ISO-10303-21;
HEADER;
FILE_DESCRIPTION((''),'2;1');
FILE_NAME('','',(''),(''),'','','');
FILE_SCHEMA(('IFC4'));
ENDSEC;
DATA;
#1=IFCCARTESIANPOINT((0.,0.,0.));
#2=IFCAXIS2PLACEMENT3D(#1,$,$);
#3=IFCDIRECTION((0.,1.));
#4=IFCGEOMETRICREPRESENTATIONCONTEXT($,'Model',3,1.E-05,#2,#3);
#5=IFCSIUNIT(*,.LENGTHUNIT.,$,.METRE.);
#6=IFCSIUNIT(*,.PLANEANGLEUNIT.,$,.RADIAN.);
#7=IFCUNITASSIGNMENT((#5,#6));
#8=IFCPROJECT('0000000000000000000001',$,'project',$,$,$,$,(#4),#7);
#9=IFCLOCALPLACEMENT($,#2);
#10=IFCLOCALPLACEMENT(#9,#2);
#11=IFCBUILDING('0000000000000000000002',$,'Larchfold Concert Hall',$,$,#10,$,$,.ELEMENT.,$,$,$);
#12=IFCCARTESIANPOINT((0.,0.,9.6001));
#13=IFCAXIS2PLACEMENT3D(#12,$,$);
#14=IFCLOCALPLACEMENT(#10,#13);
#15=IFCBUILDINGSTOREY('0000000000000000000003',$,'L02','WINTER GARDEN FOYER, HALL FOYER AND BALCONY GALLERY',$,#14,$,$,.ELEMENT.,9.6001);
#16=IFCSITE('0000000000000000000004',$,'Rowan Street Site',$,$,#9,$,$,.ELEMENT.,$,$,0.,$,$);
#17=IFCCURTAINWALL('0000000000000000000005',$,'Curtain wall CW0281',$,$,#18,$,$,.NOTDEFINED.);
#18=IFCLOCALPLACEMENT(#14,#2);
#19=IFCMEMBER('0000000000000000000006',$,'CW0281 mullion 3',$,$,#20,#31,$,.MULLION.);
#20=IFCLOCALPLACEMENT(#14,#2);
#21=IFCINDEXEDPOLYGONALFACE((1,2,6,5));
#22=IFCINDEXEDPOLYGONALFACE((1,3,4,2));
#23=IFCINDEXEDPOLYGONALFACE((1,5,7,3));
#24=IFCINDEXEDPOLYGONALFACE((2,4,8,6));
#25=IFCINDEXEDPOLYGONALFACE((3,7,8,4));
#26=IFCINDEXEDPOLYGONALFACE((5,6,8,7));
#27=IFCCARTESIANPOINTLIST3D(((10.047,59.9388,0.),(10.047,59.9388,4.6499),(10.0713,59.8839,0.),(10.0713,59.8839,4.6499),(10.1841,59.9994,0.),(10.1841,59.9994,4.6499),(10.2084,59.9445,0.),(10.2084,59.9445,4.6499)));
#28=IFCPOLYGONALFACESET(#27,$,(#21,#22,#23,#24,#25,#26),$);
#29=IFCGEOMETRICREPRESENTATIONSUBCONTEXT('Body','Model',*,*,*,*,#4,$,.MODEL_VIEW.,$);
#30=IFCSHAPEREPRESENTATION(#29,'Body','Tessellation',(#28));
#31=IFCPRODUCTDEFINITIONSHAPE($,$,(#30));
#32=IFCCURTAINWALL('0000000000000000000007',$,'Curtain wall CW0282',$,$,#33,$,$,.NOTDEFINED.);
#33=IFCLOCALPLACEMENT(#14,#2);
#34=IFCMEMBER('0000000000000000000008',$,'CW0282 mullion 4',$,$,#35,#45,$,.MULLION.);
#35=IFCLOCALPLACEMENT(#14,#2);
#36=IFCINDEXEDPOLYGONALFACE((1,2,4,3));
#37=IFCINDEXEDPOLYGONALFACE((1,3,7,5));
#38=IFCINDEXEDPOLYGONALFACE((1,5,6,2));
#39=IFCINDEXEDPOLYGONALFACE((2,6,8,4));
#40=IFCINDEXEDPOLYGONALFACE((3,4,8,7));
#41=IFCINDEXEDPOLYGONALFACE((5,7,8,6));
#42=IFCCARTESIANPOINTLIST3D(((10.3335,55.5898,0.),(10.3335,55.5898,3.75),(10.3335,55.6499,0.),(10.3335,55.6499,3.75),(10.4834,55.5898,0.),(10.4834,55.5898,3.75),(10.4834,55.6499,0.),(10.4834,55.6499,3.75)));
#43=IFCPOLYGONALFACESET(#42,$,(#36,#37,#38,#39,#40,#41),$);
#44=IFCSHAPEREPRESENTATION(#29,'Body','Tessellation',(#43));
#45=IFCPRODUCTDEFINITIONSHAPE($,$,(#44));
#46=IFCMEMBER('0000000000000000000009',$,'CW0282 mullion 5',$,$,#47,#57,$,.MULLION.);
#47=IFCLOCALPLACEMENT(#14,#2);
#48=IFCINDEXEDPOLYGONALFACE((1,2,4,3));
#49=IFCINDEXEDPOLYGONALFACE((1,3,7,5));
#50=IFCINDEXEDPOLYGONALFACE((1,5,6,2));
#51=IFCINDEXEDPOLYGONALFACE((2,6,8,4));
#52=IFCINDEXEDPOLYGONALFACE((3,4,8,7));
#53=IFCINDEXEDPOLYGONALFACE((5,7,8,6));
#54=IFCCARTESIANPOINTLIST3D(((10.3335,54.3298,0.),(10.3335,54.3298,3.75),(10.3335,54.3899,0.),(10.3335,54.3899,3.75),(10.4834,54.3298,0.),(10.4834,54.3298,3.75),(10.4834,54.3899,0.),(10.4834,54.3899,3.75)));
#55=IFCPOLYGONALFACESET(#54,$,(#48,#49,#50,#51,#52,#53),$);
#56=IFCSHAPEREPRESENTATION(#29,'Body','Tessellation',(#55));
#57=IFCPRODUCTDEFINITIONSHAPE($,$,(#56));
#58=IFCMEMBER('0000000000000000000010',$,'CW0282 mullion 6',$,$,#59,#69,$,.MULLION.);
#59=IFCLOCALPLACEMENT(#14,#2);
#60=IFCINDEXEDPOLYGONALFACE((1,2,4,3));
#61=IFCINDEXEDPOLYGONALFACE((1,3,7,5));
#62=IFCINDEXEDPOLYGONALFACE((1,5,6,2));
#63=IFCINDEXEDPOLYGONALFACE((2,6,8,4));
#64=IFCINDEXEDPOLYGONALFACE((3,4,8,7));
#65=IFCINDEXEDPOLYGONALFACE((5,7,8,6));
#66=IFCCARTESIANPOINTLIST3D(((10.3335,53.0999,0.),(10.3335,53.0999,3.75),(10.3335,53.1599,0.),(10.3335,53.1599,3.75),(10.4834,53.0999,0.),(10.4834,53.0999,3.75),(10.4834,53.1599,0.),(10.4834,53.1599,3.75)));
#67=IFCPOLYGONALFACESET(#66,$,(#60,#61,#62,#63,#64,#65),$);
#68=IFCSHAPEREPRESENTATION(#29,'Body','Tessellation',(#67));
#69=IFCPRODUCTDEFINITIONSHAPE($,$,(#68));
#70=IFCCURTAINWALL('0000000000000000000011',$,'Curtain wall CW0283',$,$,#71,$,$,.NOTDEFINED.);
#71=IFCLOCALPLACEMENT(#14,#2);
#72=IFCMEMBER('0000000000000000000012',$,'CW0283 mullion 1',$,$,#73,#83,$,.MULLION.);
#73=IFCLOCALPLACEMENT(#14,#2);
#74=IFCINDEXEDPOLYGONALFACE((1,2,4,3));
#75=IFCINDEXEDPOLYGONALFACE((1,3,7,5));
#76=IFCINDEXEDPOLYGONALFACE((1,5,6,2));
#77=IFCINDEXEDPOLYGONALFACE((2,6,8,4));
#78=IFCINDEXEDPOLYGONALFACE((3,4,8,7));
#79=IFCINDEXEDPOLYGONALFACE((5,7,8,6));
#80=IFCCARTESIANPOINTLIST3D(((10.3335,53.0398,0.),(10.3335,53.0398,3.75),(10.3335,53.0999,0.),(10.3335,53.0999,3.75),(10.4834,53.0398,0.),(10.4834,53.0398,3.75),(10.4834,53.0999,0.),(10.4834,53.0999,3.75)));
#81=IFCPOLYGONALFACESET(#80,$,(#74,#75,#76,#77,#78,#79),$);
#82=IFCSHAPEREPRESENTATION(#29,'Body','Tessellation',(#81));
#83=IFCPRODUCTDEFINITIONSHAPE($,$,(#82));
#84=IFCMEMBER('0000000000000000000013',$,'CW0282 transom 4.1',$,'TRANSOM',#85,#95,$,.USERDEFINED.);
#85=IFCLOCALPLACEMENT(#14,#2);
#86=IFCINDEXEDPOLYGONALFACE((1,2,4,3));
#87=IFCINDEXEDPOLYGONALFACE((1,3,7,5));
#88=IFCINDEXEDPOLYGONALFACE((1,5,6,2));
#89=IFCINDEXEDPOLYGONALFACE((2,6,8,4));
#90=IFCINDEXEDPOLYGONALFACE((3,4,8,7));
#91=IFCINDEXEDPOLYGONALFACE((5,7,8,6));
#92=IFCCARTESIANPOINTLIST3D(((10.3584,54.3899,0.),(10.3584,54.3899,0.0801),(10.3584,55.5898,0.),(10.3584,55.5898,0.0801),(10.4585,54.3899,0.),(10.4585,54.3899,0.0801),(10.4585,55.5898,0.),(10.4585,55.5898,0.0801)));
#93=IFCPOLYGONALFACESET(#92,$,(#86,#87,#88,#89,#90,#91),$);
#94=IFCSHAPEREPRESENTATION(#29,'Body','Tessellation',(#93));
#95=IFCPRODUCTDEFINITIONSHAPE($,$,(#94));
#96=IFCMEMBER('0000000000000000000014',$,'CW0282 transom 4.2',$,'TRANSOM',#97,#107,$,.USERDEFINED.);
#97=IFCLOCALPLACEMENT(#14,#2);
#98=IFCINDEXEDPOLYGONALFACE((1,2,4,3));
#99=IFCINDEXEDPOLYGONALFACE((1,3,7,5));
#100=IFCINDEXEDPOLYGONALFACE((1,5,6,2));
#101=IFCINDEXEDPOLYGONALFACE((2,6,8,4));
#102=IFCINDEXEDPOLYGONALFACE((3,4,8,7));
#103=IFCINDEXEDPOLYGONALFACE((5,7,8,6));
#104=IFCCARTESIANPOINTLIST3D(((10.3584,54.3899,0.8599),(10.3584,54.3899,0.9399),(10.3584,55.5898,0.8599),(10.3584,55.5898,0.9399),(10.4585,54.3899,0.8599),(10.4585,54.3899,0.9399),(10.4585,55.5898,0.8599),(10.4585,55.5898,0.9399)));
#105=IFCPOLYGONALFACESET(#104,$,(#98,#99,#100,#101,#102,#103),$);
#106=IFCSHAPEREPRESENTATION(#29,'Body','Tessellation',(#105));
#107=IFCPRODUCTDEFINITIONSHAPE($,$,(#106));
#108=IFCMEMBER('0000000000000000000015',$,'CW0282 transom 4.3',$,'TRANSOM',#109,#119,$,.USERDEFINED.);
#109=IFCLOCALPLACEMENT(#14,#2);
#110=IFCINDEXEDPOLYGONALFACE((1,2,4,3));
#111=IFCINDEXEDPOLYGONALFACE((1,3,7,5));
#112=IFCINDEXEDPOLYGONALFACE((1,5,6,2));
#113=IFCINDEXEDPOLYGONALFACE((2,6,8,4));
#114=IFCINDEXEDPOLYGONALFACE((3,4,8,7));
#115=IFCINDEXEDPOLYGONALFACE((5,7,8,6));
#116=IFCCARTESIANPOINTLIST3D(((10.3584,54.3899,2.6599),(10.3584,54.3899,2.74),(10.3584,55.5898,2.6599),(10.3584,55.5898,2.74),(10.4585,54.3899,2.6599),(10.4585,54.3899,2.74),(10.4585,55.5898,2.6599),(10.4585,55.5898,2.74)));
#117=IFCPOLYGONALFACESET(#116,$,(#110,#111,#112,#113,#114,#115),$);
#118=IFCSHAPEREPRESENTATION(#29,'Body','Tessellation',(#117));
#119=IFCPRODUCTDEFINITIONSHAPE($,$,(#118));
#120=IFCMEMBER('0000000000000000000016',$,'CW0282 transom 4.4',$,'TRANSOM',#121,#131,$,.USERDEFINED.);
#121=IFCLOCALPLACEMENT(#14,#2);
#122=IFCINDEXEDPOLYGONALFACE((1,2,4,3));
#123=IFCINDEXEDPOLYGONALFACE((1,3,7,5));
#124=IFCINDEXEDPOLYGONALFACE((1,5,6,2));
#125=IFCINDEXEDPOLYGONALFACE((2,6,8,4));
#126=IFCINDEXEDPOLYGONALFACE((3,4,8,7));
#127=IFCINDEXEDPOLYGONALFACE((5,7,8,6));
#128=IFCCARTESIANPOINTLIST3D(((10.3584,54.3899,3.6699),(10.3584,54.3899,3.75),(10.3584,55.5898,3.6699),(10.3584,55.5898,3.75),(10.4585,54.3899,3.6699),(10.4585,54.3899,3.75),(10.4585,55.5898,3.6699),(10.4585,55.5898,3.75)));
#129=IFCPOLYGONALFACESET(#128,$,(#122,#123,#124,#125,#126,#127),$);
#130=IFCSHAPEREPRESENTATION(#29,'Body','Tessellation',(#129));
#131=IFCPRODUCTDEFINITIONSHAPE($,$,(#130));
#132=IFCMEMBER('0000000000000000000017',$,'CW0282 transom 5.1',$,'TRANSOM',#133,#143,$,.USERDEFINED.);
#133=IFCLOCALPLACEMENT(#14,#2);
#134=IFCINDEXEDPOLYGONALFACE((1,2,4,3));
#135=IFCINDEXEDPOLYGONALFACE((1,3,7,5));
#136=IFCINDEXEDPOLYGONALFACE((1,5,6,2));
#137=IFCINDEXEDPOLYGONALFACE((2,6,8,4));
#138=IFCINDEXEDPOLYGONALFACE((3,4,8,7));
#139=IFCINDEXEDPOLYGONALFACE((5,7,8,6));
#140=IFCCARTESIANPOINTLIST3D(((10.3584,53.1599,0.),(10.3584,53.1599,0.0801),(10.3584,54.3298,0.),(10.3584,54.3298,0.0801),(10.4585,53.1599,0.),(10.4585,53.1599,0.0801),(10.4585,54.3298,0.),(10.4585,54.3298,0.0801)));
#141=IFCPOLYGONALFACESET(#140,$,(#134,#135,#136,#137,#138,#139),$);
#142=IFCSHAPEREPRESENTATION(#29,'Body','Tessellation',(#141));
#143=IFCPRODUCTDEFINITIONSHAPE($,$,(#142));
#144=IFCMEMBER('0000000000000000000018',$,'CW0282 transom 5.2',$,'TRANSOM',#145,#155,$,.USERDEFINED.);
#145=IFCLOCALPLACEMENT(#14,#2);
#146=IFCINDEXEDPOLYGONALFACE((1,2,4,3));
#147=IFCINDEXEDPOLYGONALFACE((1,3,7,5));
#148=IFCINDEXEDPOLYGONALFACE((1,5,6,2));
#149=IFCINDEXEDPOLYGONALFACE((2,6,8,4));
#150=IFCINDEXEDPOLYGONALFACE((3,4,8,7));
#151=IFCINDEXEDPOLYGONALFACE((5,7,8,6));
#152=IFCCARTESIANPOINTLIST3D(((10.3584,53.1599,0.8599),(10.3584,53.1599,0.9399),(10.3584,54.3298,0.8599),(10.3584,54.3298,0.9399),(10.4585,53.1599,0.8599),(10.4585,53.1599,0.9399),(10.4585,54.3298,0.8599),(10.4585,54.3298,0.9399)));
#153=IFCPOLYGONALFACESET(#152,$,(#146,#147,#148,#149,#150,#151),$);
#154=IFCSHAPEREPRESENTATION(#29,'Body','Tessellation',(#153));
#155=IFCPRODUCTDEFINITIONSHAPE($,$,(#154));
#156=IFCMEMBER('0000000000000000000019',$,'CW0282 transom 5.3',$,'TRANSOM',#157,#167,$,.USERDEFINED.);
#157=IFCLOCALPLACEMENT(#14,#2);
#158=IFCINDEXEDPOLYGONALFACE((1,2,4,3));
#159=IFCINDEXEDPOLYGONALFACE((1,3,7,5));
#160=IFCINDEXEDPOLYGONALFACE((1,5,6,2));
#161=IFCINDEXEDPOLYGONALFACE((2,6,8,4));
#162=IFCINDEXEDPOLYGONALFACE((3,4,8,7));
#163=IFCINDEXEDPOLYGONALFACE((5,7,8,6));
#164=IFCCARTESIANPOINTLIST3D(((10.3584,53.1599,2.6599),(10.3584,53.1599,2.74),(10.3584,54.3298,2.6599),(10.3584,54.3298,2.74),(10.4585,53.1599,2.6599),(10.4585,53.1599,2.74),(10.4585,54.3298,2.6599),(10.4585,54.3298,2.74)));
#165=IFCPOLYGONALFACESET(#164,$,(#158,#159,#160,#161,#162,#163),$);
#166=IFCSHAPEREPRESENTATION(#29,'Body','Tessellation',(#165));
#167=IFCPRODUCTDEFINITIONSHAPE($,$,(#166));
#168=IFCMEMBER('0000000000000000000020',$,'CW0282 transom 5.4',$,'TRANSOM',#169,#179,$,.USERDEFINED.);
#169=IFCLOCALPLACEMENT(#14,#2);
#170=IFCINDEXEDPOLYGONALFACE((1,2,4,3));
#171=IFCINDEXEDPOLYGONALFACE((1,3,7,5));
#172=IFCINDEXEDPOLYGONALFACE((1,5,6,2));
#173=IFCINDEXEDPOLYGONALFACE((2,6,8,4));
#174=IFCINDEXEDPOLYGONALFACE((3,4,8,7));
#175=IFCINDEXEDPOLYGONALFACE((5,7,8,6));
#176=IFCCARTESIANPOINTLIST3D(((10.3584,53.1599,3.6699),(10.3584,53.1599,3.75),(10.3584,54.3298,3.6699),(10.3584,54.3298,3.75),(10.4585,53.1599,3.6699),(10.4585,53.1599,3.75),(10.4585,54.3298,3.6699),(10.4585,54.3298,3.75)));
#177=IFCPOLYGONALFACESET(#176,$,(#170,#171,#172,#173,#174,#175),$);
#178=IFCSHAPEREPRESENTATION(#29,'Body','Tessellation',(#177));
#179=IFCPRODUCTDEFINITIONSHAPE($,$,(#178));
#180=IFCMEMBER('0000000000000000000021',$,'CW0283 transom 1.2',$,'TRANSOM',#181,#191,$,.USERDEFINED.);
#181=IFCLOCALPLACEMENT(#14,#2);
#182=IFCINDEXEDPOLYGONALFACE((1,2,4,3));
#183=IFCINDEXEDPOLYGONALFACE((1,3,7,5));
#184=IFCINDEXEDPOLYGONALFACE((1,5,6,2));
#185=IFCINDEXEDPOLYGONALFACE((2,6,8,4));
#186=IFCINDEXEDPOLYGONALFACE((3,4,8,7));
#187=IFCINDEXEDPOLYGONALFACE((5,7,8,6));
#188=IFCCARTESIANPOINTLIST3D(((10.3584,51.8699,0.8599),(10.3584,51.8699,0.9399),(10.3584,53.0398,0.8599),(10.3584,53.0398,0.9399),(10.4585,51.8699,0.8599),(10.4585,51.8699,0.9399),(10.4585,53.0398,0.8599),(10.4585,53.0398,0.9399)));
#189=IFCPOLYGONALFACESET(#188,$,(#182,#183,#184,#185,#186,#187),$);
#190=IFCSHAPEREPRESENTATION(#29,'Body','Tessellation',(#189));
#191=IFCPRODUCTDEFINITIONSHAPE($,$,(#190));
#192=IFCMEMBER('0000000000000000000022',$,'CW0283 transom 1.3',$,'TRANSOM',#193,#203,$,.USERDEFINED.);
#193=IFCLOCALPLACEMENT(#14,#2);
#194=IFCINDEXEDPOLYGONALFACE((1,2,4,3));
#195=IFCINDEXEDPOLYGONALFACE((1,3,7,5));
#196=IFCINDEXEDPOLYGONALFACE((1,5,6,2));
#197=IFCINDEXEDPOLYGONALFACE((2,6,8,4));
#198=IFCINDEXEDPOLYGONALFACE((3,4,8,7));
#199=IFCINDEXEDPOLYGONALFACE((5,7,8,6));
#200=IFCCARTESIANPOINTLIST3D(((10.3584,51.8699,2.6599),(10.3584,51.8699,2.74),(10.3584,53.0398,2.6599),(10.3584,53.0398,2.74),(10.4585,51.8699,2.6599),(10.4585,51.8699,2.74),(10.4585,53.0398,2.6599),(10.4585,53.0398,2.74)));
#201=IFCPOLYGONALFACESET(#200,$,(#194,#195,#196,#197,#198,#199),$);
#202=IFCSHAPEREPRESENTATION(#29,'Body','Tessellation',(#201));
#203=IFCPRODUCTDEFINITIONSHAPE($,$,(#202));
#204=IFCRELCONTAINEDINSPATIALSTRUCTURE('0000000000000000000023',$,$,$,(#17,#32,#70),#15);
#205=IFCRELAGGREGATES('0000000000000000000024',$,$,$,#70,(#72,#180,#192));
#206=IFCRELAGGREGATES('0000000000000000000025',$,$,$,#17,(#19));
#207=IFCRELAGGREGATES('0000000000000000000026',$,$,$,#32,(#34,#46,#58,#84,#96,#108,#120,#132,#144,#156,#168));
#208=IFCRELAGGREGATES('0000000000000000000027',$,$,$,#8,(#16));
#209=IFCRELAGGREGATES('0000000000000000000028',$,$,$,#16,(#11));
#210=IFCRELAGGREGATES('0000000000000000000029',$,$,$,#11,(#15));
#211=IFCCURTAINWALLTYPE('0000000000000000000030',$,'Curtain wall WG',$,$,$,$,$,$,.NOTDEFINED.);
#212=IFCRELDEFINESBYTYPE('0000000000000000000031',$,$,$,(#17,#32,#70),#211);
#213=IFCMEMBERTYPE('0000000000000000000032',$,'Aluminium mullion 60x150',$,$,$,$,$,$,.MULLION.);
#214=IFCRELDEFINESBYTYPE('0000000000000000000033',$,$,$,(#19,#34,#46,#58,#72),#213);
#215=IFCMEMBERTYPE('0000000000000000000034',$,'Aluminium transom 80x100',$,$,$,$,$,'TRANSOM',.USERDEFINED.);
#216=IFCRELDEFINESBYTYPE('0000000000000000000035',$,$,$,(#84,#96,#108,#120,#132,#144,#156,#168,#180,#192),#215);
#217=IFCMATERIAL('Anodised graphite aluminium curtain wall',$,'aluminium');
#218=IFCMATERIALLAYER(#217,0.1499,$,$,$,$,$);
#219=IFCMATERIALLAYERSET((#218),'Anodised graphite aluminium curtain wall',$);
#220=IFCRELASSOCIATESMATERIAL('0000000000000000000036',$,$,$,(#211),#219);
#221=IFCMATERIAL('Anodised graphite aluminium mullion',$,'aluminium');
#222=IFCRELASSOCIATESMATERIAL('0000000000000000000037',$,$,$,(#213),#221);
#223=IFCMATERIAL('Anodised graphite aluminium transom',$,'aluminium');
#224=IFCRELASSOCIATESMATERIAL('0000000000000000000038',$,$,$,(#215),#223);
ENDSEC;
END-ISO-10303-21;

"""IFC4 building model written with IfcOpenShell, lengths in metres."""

from ifc_helpers import new_model, si_unit, direction, frame, origin, origin_2d, place, context, subcontext, project, spatial, rectangle, extrude, material, layer, layer_set, material_profile, profile_set, type_object, element, aggregate, save


model = new_model("IFC4")

# Units and contexts
model_context = context("Model", 3, precision=1e-05, world=origin(), true_north=direction((0.0, 1.0)))
body_context = subcontext(model_context, "Body", "Model", "MODEL_VIEW")
ifc_project = project(units=[si_unit("LENGTHUNIT", "METRE"), si_unit("PLANEANGLEUNIT", "RADIAN")], contexts=[model_context])

# Site, building, storey
site_placement = place(None, origin())
site = spatial("IfcSite", under=ifc_project, at=site_placement, Name="Rowan Street Site", CompositionType="ELEMENT", RefElevation=0.0)
building_placement = place(site_placement, origin())
building = spatial("IfcBuilding", under=site, at=building_placement, Name="Larchfold Concert Hall", CompositionType="ELEMENT")
storey_placement = place(building_placement, frame((0.0, 0.0, 9.6001)))
storey = spatial("IfcBuildingStorey", under=building, at=storey_placement, Name="L02", Description="WINTER GARDEN FOYER, HALL FOYER AND BALCONY GALLERY", CompositionType="ELEMENT", Elevation=9.6001)

# Curtain wall, member
ifc_material_1 = material(Name="Anodised graphite aluminium curtain wall", Category="aluminium")
ifc_layer_1 = layer(ifc_material_1, 0.1499)
ifc_layer_set_1 = layer_set([ifc_layer_1], Name="Anodised graphite aluminium curtain wall")
curtain_wall_type = type_object("IfcCurtainWallType", Name="Curtain wall WG", PredefinedType="NOTDEFINED", material=ifc_layer_set_1)
curtain_wall_1_placement = place(storey_placement, origin())
curtain_wall_1 = element("IfcCurtainWall", 1, at=curtain_wall_1_placement, inside=storey, type_object=curtain_wall_type, Name="Curtain wall CW0281", PredefinedType="NOTDEFINED")
ifc_material_2 = material(Name="Anodised graphite aluminium mullion", Category="aluminium")
ifc_material_profile_1 = material_profile(ifc_material_2, rectangle(XDim=0.1499, YDim=0.0601, at=origin_2d()))
ifc_profile_set_1 = profile_set([ifc_material_profile_1], Name="Anodised graphite aluminium mullion")
member_type_1 = type_object("IfcMemberType", Name="Aluminium mullion 60x150", PredefinedType="MULLION", material=ifc_profile_set_1)
member_1_placement = place(storey_placement, frame((10.1277, 59.9417, 0.0), z_axis=(0.0, 0.0, 1.0), x_axis=(0.914703, 0.404126, 0.0)))
member_1 = element("IfcMember", 2, at=member_1_placement, type_object=member_type_1, Name="CW0281 mullion 3", PredefinedType="MULLION", context=body_context, shape_type="SweptSolid", body=[
    extrude(rectangle(XDim=0.1499, YDim=0.0601, at=origin_2d()), origin(), (0.0, 0.0, 1.0), 4.6499),
])

# Curtain wall, members
curtain_wall_2_placement = place(storey_placement, origin())
curtain_wall_2 = element("IfcCurtainWall", 3, at=curtain_wall_2_placement, inside=storey, type_object=curtain_wall_type, Name="Curtain wall CW0282", PredefinedType="NOTDEFINED")
member_2_placement = place(storey_placement, frame((10.4084, 55.6199, 0.0), z_axis=(0.0, 0.0, 1.0), x_axis=(1.0, 0.0, 0.0)))
member_2 = element("IfcMember", 4, at=member_2_placement, type_object=member_type_1, Name="CW0282 mullion 4", PredefinedType="MULLION", context=body_context, shape_type="SweptSolid", body=[
    extrude(rectangle(XDim=0.1499, YDim=0.0601, at=origin_2d()), origin(), (0.0, 0.0, 1.0), 3.75),
])
member_3_placement = place(storey_placement, frame((10.4084, 54.3599, 0.0), z_axis=(0.0, 0.0, 1.0), x_axis=(1.0, 0.0, 0.0)))
member_3 = element("IfcMember", 5, at=member_3_placement, type_object=member_type_1, Name="CW0282 mullion 5", PredefinedType="MULLION", context=body_context, shape_type="SweptSolid", body=[
    extrude(rectangle(XDim=0.1499, YDim=0.0601, at=origin_2d()), origin(), (0.0, 0.0, 1.0), 3.75),
])
member_4_placement = place(storey_placement, frame((10.4084, 53.1299, 0.0), z_axis=(0.0, 0.0, 1.0), x_axis=(1.0, 0.0, 0.0)))
member_4 = element("IfcMember", 6, at=member_4_placement, type_object=member_type_1, Name="CW0282 mullion 6", PredefinedType="MULLION", context=body_context, shape_type="SweptSolid", body=[
    extrude(rectangle(XDim=0.1499, YDim=0.0601, at=origin_2d()), origin(), (0.0, 0.0, 1.0), 3.75),
])

# Curtain wall, member
curtain_wall_3_placement = place(storey_placement, origin())
curtain_wall_3 = element("IfcCurtainWall", 7, at=curtain_wall_3_placement, inside=storey, type_object=curtain_wall_type, Name="Curtain wall CW0283", PredefinedType="NOTDEFINED")
member_5_placement = place(storey_placement, frame((10.4084, 53.0698, 0.0), z_axis=(0.0, 0.0, 1.0), x_axis=(1.0, 0.0, 0.0)))
member_5 = element("IfcMember", 8, at=member_5_placement, type_object=member_type_1, Name="CW0283 mullion 1", PredefinedType="MULLION", context=body_context, shape_type="SweptSolid", body=[
    extrude(rectangle(XDim=0.1499, YDim=0.0601, at=origin_2d()), origin(), (0.0, 0.0, 1.0), 3.75),
])

# Members
ifc_material_3 = material(Name="Anodised graphite aluminium transom", Category="aluminium")
ifc_material_profile_2 = material_profile(ifc_material_3, rectangle(XDim=0.1001, YDim=0.0801, at=origin_2d()))
ifc_profile_set_2 = profile_set([ifc_material_profile_2], Name="Anodised graphite aluminium transom")
member_type_2 = type_object("IfcMemberType", Name="Aluminium transom 80x100", ElementType="TRANSOM", PredefinedType="USERDEFINED", material=ifc_profile_set_2)
member_6_placement = place(storey_placement, frame((10.4084, 55.5898, 0.04), z_axis=(0.0, -1.0, 0.0), x_axis=(1.0, 0.0, 0.0)))
member_6 = element("IfcMember", 9, at=member_6_placement, type_object=member_type_2, Name="CW0282 transom 4.1", ObjectType="TRANSOM", PredefinedType="USERDEFINED", context=body_context, shape_type="SweptSolid", body=[
    extrude(rectangle(XDim=0.1001, YDim=0.0801, at=origin_2d()), origin(), (0.0, 0.0, 1.0), 1.2),
])
member_7_placement = place(storey_placement, frame((10.4084, 55.5898, 0.8999), z_axis=(0.0, -1.0, 0.0), x_axis=(1.0, 0.0, 0.0)))
member_7 = element("IfcMember", 10, at=member_7_placement, type_object=member_type_2, Name="CW0282 transom 4.2", ObjectType="TRANSOM", PredefinedType="USERDEFINED", context=body_context, shape_type="SweptSolid", body=[
    extrude(rectangle(XDim=0.1001, YDim=0.0801, at=origin_2d()), origin(), (0.0, 0.0, 1.0), 1.2),
])
member_8_placement = place(storey_placement, frame((10.4084, 55.5898, 2.7), z_axis=(0.0, -1.0, 0.0), x_axis=(1.0, 0.0, 0.0)))
member_8 = element("IfcMember", 11, at=member_8_placement, type_object=member_type_2, Name="CW0282 transom 4.3", ObjectType="TRANSOM", PredefinedType="USERDEFINED", context=body_context, shape_type="SweptSolid", body=[
    extrude(rectangle(XDim=0.1001, YDim=0.0801, at=origin_2d()), origin(), (0.0, 0.0, 1.0), 1.2),
])
member_9_placement = place(storey_placement, frame((10.4084, 55.5898, 3.71), z_axis=(0.0, -1.0, 0.0), x_axis=(1.0, 0.0, 0.0)))
member_9 = element("IfcMember", 12, at=member_9_placement, type_object=member_type_2, Name="CW0282 transom 4.4", ObjectType="TRANSOM", PredefinedType="USERDEFINED", context=body_context, shape_type="SweptSolid", body=[
    extrude(rectangle(XDim=0.1001, YDim=0.0801, at=origin_2d()), origin(), (0.0, 0.0, 1.0), 1.2),
])
member_10_placement = place(storey_placement, frame((10.4084, 54.3298, 0.04), z_axis=(0.0, -1.0, 0.0), x_axis=(1.0, 0.0, 0.0)))
member_10 = element("IfcMember", 13, at=member_10_placement, type_object=member_type_2, Name="CW0282 transom 5.1", ObjectType="TRANSOM", PredefinedType="USERDEFINED", context=body_context, shape_type="SweptSolid", body=[
    extrude(rectangle(XDim=0.1001, YDim=0.0801, at=origin_2d()), origin(), (0.0, 0.0, 1.0), 1.1699),
])
member_11_placement = place(storey_placement, frame((10.4084, 54.3298, 0.8999), z_axis=(0.0, -1.0, 0.0), x_axis=(1.0, 0.0, 0.0)))
member_11 = element("IfcMember", 14, at=member_11_placement, type_object=member_type_2, Name="CW0282 transom 5.2", ObjectType="TRANSOM", PredefinedType="USERDEFINED", context=body_context, shape_type="SweptSolid", body=[
    extrude(rectangle(XDim=0.1001, YDim=0.0801, at=origin_2d()), origin(), (0.0, 0.0, 1.0), 1.1699),
])
member_12_placement = place(storey_placement, frame((10.4084, 54.3298, 2.7), z_axis=(0.0, -1.0, 0.0), x_axis=(1.0, 0.0, 0.0)))
member_12 = element("IfcMember", 15, at=member_12_placement, type_object=member_type_2, Name="CW0282 transom 5.3", ObjectType="TRANSOM", PredefinedType="USERDEFINED", context=body_context, shape_type="SweptSolid", body=[
    extrude(rectangle(XDim=0.1001, YDim=0.0801, at=origin_2d()), origin(), (0.0, 0.0, 1.0), 1.1699),
])
member_13_placement = place(storey_placement, frame((10.4084, 54.3298, 3.71), z_axis=(0.0, -1.0, 0.0), x_axis=(1.0, 0.0, 0.0)))
member_13 = element("IfcMember", 16, at=member_13_placement, type_object=member_type_2, Name="CW0282 transom 5.4", ObjectType="TRANSOM", PredefinedType="USERDEFINED", context=body_context, shape_type="SweptSolid", body=[
    extrude(rectangle(XDim=0.1001, YDim=0.0801, at=origin_2d()), origin(), (0.0, 0.0, 1.0), 1.1699),
])
member_14_placement = place(storey_placement, frame((10.4084, 53.0398, 0.8999), z_axis=(0.0, -1.0, 0.0), x_axis=(1.0, 0.0, 0.0)))
member_14 = element("IfcMember", 17, at=member_14_placement, type_object=member_type_2, Name="CW0283 transom 1.2", ObjectType="TRANSOM", PredefinedType="USERDEFINED", context=body_context, shape_type="SweptSolid", body=[
    extrude(rectangle(XDim=0.1001, YDim=0.0801, at=origin_2d()), origin(), (0.0, 0.0, 1.0), 1.1699),
])
member_15_placement = place(storey_placement, frame((10.4084, 53.0398, 2.7), z_axis=(0.0, -1.0, 0.0), x_axis=(1.0, 0.0, 0.0)))
member_15 = element("IfcMember", 18, at=member_15_placement, type_object=member_type_2, Name="CW0283 transom 1.3", ObjectType="TRANSOM", PredefinedType="USERDEFINED", context=body_context, shape_type="SweptSolid", body=[
    extrude(rectangle(XDim=0.1001, YDim=0.0801, at=origin_2d()), origin(), (0.0, 0.0, 1.0), 1.1699),
])
aggregate(curtain_wall_3, [member_5, member_14, member_15])

aggregate(curtain_wall_1, [member_1])
aggregate(curtain_wall_2, [member_2, member_3, member_4, member_6, member_7, member_8, member_9, member_10, member_11, member_12, member_13])

save(model, "model.ifc")
